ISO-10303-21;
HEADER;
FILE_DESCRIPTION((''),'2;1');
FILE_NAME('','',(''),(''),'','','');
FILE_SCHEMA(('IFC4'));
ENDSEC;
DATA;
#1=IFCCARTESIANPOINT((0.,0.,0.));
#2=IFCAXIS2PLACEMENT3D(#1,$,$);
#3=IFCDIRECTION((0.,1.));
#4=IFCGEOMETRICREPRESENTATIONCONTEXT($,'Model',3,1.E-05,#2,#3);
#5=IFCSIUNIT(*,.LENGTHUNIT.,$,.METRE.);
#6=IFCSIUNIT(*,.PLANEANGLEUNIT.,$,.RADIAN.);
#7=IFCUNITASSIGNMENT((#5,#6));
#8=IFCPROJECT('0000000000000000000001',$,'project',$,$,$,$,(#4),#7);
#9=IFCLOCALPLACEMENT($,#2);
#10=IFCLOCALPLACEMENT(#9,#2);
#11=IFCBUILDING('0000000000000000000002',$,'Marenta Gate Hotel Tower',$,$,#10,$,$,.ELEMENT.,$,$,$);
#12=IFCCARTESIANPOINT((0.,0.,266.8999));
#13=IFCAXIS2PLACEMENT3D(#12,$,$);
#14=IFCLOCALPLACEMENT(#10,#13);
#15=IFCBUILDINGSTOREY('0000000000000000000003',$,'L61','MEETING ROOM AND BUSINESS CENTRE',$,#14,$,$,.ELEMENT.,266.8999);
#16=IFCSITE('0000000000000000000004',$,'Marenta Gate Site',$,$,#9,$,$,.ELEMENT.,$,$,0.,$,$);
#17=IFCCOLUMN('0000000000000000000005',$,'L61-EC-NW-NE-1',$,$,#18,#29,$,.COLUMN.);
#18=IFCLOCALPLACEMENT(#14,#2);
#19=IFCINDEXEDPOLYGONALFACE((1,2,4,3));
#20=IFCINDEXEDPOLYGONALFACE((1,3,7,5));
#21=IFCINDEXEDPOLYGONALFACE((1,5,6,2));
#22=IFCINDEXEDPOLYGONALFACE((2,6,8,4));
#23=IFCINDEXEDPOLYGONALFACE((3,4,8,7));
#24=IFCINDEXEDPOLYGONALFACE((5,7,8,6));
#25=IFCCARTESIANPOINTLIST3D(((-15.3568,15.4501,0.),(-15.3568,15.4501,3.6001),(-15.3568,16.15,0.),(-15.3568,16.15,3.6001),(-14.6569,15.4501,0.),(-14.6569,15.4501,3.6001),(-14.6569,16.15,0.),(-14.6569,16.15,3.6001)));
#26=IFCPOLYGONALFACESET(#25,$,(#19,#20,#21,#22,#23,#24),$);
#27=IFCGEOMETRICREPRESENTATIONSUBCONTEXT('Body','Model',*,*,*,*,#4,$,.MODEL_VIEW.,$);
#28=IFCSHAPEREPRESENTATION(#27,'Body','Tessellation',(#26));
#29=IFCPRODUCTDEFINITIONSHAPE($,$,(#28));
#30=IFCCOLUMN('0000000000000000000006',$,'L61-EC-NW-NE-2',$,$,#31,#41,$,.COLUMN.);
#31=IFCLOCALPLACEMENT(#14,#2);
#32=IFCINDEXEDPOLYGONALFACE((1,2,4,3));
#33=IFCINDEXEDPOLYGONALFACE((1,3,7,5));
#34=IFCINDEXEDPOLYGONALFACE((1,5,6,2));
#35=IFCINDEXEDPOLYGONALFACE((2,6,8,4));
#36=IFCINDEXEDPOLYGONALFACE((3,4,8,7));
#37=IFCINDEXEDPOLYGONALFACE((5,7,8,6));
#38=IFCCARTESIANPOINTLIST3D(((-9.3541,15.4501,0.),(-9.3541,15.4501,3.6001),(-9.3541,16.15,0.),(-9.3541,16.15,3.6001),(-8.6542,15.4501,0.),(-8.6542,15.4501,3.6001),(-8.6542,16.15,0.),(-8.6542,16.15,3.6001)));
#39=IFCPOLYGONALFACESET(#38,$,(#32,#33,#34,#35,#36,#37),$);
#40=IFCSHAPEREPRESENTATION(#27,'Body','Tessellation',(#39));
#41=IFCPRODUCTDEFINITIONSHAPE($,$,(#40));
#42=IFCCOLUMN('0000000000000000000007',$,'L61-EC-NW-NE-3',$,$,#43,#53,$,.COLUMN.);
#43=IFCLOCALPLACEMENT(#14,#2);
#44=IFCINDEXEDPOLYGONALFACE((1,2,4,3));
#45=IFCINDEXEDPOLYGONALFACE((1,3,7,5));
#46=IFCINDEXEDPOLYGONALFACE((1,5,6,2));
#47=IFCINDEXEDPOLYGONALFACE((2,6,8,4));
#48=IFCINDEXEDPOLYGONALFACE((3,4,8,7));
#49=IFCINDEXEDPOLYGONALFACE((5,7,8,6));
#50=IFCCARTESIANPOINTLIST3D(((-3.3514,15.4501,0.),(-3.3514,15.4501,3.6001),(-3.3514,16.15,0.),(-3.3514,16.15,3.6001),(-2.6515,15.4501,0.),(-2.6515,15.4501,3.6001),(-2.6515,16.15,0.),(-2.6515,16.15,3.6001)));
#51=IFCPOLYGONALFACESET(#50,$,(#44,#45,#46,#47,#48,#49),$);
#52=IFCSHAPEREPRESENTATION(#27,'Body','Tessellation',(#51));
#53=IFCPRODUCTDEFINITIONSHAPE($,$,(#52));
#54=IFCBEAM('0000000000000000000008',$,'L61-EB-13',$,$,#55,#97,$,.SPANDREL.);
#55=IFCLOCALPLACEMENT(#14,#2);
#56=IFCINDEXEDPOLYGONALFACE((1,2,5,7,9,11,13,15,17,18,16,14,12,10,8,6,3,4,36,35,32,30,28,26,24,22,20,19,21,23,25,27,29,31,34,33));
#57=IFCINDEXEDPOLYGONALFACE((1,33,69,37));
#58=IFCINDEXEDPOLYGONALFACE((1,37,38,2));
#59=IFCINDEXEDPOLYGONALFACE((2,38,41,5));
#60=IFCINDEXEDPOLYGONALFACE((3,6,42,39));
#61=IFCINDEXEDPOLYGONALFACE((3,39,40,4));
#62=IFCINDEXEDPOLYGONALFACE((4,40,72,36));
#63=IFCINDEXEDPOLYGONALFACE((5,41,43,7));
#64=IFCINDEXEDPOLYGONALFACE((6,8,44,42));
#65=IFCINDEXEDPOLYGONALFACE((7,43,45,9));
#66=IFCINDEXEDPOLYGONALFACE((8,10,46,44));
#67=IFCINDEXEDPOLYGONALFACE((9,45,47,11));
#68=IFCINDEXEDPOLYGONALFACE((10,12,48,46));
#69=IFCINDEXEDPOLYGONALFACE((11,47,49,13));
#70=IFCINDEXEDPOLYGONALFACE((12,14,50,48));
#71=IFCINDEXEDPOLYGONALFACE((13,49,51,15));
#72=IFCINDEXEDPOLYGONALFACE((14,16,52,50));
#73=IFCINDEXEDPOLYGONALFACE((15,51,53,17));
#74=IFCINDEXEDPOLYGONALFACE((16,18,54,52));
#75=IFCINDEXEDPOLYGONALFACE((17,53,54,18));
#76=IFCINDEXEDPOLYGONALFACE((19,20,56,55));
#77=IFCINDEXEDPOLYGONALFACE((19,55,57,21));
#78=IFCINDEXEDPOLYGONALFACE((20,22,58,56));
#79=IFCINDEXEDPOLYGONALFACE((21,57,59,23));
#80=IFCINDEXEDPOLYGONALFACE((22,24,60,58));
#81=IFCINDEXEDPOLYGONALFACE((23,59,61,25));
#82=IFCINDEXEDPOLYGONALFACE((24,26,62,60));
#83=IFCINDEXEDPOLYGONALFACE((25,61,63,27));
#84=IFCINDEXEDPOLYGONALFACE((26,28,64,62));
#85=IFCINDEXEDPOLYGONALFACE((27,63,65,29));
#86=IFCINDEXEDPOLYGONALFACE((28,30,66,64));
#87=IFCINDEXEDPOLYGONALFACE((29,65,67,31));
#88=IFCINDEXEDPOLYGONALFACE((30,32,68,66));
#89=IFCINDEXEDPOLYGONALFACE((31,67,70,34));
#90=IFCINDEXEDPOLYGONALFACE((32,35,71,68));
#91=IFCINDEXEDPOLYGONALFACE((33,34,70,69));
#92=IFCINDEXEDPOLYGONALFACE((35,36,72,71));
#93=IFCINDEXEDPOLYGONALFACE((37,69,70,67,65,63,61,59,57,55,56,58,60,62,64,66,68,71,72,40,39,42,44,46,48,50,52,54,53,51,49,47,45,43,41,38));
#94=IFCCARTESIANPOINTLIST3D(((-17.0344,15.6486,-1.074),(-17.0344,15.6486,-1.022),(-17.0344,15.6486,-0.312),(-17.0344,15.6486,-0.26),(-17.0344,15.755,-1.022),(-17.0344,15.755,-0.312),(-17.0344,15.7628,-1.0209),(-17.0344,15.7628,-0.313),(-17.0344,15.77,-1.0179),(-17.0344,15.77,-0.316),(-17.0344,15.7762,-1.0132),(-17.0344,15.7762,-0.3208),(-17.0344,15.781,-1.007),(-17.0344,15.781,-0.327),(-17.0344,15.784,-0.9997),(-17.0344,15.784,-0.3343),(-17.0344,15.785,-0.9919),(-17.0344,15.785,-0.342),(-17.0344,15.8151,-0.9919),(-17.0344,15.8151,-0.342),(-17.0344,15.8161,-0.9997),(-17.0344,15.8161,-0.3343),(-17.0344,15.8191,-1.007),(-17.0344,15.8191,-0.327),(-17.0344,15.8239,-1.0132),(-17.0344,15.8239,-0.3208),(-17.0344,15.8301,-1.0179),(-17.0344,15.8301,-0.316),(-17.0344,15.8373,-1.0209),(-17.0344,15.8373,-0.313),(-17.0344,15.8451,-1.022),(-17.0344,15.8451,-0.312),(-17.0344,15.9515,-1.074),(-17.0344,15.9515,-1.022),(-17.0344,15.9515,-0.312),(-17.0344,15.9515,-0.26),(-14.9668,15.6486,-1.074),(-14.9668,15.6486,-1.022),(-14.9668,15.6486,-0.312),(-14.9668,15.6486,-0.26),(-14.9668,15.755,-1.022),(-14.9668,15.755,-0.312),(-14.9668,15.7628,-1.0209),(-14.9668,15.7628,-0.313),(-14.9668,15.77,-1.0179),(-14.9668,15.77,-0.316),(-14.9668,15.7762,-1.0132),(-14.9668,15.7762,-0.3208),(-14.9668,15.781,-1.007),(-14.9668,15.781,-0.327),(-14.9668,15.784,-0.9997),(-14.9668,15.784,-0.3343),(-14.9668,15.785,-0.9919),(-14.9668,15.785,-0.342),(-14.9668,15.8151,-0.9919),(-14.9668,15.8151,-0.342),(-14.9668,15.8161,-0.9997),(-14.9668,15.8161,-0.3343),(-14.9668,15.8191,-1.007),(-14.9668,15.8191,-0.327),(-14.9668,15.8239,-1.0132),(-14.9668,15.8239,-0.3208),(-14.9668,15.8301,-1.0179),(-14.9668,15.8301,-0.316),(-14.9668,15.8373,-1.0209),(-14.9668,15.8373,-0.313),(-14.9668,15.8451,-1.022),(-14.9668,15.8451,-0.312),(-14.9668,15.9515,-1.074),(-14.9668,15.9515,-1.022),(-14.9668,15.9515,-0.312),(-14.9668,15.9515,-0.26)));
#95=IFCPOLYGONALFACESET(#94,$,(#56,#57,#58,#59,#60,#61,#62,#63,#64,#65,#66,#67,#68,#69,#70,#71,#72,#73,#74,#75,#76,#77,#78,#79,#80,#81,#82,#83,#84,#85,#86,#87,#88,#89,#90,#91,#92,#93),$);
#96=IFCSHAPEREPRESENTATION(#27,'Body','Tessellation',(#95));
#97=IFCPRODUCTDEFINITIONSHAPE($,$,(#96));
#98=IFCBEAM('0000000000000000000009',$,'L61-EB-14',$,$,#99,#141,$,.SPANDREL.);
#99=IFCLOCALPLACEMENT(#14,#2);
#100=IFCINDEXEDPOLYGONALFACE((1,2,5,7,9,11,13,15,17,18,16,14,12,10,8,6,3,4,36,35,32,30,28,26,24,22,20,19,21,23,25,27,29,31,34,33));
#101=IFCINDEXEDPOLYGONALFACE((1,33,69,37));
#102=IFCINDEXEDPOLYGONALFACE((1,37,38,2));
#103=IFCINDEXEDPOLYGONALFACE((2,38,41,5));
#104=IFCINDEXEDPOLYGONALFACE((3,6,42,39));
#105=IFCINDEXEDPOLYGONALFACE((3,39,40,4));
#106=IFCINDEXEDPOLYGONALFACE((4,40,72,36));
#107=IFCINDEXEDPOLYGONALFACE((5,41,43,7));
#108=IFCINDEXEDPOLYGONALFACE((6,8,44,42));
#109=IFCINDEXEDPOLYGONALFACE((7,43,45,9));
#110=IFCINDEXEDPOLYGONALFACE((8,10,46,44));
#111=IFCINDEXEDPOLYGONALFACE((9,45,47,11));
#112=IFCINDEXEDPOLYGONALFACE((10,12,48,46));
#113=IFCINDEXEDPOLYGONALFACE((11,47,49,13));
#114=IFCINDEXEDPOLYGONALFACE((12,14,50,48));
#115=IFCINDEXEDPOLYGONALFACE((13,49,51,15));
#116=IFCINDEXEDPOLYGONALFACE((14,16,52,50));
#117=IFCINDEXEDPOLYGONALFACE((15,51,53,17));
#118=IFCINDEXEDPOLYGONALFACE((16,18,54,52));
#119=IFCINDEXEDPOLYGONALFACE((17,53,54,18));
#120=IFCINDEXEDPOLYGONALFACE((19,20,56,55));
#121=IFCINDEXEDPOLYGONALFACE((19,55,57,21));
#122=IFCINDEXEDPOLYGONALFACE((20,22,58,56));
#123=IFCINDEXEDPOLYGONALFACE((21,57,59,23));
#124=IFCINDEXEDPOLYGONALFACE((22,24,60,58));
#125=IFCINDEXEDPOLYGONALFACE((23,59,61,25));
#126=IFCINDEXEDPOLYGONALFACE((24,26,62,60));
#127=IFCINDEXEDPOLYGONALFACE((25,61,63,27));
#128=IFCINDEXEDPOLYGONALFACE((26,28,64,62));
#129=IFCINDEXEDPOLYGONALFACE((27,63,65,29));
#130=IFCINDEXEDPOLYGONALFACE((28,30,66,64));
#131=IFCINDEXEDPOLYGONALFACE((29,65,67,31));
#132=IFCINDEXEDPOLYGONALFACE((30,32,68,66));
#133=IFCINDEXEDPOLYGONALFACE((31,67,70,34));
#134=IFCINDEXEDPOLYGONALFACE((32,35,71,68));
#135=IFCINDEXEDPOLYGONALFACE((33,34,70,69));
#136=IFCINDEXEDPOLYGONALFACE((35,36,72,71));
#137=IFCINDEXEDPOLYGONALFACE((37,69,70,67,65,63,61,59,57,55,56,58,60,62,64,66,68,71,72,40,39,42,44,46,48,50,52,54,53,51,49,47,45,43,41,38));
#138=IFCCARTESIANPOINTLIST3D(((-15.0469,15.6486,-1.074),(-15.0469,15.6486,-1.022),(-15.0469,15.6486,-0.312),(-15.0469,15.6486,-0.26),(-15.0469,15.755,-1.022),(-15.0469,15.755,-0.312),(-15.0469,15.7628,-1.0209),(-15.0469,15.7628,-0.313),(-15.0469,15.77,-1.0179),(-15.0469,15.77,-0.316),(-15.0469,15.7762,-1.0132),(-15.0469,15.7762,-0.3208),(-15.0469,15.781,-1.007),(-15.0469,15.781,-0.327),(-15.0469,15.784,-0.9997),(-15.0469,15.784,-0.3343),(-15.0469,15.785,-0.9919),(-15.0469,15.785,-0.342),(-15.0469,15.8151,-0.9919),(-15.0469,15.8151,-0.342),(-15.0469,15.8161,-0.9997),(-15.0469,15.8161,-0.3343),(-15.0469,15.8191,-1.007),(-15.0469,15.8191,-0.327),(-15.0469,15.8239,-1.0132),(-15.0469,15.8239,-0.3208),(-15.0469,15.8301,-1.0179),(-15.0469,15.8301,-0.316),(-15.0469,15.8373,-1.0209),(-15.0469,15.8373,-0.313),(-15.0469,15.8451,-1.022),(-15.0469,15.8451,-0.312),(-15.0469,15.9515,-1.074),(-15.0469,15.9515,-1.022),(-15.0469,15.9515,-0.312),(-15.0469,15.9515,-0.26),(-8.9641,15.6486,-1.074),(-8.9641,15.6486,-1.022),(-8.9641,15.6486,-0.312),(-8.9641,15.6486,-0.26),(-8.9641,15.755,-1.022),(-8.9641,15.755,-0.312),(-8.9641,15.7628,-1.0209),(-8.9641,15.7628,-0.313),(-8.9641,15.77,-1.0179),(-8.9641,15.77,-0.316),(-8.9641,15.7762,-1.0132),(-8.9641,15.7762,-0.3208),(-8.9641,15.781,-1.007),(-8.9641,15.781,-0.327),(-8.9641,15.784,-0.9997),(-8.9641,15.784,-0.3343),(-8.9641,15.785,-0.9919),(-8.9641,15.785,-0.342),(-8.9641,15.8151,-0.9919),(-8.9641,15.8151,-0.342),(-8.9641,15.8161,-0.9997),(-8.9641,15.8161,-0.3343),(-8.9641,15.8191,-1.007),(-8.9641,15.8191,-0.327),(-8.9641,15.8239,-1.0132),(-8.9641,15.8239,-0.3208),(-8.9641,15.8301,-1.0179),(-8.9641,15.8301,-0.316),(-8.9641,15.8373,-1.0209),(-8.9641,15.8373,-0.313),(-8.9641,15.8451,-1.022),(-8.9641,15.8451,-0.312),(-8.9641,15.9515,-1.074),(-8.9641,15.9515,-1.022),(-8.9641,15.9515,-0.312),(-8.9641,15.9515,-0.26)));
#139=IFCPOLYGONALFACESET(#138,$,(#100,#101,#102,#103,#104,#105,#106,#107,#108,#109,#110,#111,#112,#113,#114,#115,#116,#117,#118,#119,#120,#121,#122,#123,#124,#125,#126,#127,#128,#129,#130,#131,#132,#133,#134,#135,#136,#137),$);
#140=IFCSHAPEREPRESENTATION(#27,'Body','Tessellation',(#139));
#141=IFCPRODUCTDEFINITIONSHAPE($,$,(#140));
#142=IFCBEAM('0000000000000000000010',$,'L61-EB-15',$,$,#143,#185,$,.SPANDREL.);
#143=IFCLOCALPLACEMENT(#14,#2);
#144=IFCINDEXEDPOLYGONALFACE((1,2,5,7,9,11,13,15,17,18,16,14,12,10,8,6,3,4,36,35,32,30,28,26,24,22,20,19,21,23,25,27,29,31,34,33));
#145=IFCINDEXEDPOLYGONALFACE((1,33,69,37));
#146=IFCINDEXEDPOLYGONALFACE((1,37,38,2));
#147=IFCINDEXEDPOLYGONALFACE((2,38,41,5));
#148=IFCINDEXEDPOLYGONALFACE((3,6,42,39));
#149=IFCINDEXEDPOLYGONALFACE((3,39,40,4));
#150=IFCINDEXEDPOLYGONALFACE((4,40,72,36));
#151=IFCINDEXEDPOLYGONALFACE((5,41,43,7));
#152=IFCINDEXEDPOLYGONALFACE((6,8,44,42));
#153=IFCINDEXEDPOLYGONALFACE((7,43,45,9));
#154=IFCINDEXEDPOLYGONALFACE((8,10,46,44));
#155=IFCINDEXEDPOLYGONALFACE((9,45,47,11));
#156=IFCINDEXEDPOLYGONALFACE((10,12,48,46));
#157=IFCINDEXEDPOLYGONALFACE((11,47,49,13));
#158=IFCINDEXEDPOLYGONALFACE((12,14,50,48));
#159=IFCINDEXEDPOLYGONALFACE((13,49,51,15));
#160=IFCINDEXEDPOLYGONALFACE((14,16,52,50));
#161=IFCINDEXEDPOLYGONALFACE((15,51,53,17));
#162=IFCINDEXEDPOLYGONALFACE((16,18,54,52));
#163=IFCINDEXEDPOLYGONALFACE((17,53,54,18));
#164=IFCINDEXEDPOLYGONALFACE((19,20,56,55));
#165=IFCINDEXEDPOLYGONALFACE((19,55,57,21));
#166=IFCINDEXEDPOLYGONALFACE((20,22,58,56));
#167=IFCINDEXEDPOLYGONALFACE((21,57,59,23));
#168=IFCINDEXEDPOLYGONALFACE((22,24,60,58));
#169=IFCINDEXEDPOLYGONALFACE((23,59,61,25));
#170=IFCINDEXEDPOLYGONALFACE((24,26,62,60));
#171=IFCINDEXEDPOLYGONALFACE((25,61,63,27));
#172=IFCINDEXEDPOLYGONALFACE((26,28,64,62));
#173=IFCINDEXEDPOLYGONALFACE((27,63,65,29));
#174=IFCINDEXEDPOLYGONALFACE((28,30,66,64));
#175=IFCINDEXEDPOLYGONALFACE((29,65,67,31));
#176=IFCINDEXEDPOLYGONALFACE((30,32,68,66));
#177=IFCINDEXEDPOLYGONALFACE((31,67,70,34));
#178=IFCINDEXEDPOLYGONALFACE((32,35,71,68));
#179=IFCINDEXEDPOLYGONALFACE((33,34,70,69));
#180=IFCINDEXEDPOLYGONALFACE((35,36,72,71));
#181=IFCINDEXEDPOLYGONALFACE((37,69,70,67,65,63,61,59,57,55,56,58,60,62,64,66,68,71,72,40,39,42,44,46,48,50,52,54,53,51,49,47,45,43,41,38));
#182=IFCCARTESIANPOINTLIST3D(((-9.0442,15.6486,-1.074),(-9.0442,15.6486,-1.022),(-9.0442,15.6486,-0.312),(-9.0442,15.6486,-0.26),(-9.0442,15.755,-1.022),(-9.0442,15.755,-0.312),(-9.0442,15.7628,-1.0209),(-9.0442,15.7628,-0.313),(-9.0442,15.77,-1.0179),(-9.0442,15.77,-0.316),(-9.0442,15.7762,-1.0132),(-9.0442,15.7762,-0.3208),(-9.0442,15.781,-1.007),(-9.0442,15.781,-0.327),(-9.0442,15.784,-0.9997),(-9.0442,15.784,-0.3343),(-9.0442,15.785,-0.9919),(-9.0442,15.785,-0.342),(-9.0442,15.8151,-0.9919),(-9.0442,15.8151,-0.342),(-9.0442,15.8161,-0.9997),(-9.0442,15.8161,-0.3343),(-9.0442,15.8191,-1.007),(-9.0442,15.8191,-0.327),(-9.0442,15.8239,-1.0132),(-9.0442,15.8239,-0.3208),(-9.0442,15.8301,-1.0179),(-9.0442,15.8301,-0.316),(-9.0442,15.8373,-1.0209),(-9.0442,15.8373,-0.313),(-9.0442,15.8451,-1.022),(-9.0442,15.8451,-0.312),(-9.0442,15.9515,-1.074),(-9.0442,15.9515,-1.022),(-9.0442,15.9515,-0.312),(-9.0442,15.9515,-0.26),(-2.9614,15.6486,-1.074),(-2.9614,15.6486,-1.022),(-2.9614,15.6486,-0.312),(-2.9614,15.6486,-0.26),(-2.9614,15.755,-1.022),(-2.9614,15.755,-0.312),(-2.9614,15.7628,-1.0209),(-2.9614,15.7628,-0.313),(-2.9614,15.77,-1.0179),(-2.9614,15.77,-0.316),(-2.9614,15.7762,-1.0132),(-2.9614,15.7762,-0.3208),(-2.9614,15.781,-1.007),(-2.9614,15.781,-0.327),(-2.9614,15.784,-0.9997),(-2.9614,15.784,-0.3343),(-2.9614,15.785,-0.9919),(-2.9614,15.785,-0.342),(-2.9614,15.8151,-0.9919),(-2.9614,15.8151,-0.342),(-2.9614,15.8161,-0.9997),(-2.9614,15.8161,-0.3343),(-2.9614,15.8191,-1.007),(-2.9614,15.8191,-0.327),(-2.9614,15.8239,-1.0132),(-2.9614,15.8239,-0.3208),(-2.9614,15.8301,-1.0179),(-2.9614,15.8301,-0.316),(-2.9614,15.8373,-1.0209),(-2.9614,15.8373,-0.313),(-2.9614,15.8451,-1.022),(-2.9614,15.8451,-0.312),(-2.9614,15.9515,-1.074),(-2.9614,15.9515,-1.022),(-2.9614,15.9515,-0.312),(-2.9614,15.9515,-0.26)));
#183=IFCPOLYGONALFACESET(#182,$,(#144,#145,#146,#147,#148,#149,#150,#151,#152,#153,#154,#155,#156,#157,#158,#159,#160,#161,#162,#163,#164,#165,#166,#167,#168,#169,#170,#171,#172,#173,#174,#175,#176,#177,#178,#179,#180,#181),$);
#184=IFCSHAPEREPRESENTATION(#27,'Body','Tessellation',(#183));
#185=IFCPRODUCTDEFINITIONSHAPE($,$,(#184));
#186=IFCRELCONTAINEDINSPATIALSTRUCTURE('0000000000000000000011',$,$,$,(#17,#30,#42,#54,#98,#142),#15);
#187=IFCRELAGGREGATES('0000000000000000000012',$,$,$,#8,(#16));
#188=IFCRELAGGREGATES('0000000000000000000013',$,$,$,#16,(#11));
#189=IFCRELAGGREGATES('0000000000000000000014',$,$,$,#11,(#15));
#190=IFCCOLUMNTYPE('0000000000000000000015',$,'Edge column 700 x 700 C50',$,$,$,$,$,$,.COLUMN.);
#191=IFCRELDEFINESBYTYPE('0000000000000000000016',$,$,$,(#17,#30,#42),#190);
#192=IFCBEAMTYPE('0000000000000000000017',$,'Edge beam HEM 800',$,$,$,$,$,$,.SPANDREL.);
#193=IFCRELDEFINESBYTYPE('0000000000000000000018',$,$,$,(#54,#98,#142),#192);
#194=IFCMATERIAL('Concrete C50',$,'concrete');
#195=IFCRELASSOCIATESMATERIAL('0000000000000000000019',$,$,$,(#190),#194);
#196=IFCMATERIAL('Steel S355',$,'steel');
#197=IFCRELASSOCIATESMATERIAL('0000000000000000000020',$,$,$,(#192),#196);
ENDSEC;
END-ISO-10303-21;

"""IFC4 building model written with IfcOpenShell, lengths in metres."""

from ifc_helpers import new_model, si_unit, direction, frame, origin, origin_2d, place, context, subcontext, project, spatial, rectangle, i_section, extrude, material, material_profile, profile_set, type_object, element, save


model = new_model("IFC4")

# Units and contexts
model_context = context("Model", 3, precision=1e-05, world=origin(), true_north=direction((0.0, 1.0)))
body_context = subcontext(model_context, "Body", "Model", "MODEL_VIEW")
ifc_project = project(units=[si_unit("LENGTHUNIT", "METRE"), si_unit("PLANEANGLEUNIT", "RADIAN")], contexts=[model_context])

# Site, building, storey
site_placement = place(None, origin())
site = spatial("IfcSite", under=ifc_project, at=site_placement, Name="Marenta Gate Site", CompositionType="ELEMENT", RefElevation=0.0)
building_placement = place(site_placement, origin())
building = spatial("IfcBuilding", under=site, at=building_placement, Name="Marenta Gate Hotel Tower", CompositionType="ELEMENT")
storey_placement = place(building_placement, frame((0.0, 0.0, 266.8999)))
storey = spatial("IfcBuildingStorey", under=building, at=storey_placement, Name="L61", Description="MEETING ROOM AND BUSINESS CENTRE", CompositionType="ELEMENT", Elevation=266.8999)

# Columns
ifc_material_1 = material(Name="Concrete C50", Category="concrete")
ifc_material_profile_1 = material_profile(ifc_material_1, rectangle(XDim=0.7, YDim=0.7, at=origin_2d()), Name="700 x 700")
ifc_profile_set_1 = profile_set([ifc_material_profile_1], Name="Concrete C50")
column_type = type_object("IfcColumnType", Name="Edge column 700 x 700 C50", PredefinedType="COLUMN", material=ifc_profile_set_1)
for number, where, z_axis, x_axis, name in (
    (1, (-15.0068, 15.8, 0.0), (0.0, 0.0, 1.0), (1.0, 0.0, 0.0), "L61-EC-NW-NE-1"),
    (2, (-9.0042, 15.8, 0.0), (0.0, 0.0, 1.0), (1.0, 0.0, 0.0), "L61-EC-NW-NE-2"),
    (3, (-3.0015, 15.8, 0.0), (0.0, 0.0, 1.0), (1.0, 0.0, 0.0), "L61-EC-NW-NE-3"),
):
    element("IfcColumn", number, at=place(storey_placement, frame(where, z_axis=z_axis, x_axis=x_axis)), inside=storey, type_object=column_type, Name=name, PredefinedType="COLUMN", context=body_context, shape_type="SweptSolid", body=[
        extrude(rectangle(XDim=0.7, YDim=0.7, at=origin_2d()), origin(), (0.0, 0.0, 1.0), 3.6001),
    ])

# Beams
ifc_material_2 = material(Name="Steel S355", Category="steel")
ifc_material_profile_2 = material_profile(ifc_material_2, i_section(OverallWidth=0.303, OverallDepth=0.814, WebThickness=0.03, FlangeThickness=0.052, FilletRadius=0.03, at=origin_2d()), Name="HEM 800")
ifc_profile_set_2 = profile_set([ifc_material_profile_2], Name="Steel S355")
beam_type = type_object("IfcBeamType", Name="Edge beam HEM 800", PredefinedType="SPANDREL", material=ifc_profile_set_2)
beam_1_placement = place(storey_placement, frame((-17.0344, 15.8, -0.667), z_axis=(1.0, 0.0, 0.0), x_axis=(0.0, 1.0, 0.0)))
element("IfcBeam", 4, at=beam_1_placement, inside=storey, type_object=beam_type, Name="L61-EB-13", PredefinedType="SPANDREL", context=body_context, shape_type="SweptSolid", body=[
    extrude(i_section(OverallWidth=0.303, OverallDepth=0.814, WebThickness=0.03, FlangeThickness=0.052, FilletRadius=0.03, at=origin_2d()), origin(), (0.0, 0.0, 1.0), 2.0676),
])
for number, where, z_axis, x_axis, name in (
    (5, (-15.0469, 15.8, -0.667), (1.0, 0.0, 0.0), (0.0, 1.0, 0.0), "L61-EB-14"),
    (6, (-9.0442, 15.8, -0.667), (1.0, 0.0, 0.0), (0.0, 1.0, 0.0), "L61-EB-15"),
):
    element("IfcBeam", number, at=place(storey_placement, frame(where, z_axis=z_axis, x_axis=x_axis)), inside=storey, type_object=beam_type, Name=name, PredefinedType="SPANDREL", context=body_context, shape_type="SweptSolid", body=[
        extrude(i_section(OverallWidth=0.303, OverallDepth=0.814, WebThickness=0.03, FlangeThickness=0.052, FilletRadius=0.03, at=origin_2d()), origin(), (0.0, 0.0, 1.0), 6.0828),
    ])

save(model, "model.ifc")
